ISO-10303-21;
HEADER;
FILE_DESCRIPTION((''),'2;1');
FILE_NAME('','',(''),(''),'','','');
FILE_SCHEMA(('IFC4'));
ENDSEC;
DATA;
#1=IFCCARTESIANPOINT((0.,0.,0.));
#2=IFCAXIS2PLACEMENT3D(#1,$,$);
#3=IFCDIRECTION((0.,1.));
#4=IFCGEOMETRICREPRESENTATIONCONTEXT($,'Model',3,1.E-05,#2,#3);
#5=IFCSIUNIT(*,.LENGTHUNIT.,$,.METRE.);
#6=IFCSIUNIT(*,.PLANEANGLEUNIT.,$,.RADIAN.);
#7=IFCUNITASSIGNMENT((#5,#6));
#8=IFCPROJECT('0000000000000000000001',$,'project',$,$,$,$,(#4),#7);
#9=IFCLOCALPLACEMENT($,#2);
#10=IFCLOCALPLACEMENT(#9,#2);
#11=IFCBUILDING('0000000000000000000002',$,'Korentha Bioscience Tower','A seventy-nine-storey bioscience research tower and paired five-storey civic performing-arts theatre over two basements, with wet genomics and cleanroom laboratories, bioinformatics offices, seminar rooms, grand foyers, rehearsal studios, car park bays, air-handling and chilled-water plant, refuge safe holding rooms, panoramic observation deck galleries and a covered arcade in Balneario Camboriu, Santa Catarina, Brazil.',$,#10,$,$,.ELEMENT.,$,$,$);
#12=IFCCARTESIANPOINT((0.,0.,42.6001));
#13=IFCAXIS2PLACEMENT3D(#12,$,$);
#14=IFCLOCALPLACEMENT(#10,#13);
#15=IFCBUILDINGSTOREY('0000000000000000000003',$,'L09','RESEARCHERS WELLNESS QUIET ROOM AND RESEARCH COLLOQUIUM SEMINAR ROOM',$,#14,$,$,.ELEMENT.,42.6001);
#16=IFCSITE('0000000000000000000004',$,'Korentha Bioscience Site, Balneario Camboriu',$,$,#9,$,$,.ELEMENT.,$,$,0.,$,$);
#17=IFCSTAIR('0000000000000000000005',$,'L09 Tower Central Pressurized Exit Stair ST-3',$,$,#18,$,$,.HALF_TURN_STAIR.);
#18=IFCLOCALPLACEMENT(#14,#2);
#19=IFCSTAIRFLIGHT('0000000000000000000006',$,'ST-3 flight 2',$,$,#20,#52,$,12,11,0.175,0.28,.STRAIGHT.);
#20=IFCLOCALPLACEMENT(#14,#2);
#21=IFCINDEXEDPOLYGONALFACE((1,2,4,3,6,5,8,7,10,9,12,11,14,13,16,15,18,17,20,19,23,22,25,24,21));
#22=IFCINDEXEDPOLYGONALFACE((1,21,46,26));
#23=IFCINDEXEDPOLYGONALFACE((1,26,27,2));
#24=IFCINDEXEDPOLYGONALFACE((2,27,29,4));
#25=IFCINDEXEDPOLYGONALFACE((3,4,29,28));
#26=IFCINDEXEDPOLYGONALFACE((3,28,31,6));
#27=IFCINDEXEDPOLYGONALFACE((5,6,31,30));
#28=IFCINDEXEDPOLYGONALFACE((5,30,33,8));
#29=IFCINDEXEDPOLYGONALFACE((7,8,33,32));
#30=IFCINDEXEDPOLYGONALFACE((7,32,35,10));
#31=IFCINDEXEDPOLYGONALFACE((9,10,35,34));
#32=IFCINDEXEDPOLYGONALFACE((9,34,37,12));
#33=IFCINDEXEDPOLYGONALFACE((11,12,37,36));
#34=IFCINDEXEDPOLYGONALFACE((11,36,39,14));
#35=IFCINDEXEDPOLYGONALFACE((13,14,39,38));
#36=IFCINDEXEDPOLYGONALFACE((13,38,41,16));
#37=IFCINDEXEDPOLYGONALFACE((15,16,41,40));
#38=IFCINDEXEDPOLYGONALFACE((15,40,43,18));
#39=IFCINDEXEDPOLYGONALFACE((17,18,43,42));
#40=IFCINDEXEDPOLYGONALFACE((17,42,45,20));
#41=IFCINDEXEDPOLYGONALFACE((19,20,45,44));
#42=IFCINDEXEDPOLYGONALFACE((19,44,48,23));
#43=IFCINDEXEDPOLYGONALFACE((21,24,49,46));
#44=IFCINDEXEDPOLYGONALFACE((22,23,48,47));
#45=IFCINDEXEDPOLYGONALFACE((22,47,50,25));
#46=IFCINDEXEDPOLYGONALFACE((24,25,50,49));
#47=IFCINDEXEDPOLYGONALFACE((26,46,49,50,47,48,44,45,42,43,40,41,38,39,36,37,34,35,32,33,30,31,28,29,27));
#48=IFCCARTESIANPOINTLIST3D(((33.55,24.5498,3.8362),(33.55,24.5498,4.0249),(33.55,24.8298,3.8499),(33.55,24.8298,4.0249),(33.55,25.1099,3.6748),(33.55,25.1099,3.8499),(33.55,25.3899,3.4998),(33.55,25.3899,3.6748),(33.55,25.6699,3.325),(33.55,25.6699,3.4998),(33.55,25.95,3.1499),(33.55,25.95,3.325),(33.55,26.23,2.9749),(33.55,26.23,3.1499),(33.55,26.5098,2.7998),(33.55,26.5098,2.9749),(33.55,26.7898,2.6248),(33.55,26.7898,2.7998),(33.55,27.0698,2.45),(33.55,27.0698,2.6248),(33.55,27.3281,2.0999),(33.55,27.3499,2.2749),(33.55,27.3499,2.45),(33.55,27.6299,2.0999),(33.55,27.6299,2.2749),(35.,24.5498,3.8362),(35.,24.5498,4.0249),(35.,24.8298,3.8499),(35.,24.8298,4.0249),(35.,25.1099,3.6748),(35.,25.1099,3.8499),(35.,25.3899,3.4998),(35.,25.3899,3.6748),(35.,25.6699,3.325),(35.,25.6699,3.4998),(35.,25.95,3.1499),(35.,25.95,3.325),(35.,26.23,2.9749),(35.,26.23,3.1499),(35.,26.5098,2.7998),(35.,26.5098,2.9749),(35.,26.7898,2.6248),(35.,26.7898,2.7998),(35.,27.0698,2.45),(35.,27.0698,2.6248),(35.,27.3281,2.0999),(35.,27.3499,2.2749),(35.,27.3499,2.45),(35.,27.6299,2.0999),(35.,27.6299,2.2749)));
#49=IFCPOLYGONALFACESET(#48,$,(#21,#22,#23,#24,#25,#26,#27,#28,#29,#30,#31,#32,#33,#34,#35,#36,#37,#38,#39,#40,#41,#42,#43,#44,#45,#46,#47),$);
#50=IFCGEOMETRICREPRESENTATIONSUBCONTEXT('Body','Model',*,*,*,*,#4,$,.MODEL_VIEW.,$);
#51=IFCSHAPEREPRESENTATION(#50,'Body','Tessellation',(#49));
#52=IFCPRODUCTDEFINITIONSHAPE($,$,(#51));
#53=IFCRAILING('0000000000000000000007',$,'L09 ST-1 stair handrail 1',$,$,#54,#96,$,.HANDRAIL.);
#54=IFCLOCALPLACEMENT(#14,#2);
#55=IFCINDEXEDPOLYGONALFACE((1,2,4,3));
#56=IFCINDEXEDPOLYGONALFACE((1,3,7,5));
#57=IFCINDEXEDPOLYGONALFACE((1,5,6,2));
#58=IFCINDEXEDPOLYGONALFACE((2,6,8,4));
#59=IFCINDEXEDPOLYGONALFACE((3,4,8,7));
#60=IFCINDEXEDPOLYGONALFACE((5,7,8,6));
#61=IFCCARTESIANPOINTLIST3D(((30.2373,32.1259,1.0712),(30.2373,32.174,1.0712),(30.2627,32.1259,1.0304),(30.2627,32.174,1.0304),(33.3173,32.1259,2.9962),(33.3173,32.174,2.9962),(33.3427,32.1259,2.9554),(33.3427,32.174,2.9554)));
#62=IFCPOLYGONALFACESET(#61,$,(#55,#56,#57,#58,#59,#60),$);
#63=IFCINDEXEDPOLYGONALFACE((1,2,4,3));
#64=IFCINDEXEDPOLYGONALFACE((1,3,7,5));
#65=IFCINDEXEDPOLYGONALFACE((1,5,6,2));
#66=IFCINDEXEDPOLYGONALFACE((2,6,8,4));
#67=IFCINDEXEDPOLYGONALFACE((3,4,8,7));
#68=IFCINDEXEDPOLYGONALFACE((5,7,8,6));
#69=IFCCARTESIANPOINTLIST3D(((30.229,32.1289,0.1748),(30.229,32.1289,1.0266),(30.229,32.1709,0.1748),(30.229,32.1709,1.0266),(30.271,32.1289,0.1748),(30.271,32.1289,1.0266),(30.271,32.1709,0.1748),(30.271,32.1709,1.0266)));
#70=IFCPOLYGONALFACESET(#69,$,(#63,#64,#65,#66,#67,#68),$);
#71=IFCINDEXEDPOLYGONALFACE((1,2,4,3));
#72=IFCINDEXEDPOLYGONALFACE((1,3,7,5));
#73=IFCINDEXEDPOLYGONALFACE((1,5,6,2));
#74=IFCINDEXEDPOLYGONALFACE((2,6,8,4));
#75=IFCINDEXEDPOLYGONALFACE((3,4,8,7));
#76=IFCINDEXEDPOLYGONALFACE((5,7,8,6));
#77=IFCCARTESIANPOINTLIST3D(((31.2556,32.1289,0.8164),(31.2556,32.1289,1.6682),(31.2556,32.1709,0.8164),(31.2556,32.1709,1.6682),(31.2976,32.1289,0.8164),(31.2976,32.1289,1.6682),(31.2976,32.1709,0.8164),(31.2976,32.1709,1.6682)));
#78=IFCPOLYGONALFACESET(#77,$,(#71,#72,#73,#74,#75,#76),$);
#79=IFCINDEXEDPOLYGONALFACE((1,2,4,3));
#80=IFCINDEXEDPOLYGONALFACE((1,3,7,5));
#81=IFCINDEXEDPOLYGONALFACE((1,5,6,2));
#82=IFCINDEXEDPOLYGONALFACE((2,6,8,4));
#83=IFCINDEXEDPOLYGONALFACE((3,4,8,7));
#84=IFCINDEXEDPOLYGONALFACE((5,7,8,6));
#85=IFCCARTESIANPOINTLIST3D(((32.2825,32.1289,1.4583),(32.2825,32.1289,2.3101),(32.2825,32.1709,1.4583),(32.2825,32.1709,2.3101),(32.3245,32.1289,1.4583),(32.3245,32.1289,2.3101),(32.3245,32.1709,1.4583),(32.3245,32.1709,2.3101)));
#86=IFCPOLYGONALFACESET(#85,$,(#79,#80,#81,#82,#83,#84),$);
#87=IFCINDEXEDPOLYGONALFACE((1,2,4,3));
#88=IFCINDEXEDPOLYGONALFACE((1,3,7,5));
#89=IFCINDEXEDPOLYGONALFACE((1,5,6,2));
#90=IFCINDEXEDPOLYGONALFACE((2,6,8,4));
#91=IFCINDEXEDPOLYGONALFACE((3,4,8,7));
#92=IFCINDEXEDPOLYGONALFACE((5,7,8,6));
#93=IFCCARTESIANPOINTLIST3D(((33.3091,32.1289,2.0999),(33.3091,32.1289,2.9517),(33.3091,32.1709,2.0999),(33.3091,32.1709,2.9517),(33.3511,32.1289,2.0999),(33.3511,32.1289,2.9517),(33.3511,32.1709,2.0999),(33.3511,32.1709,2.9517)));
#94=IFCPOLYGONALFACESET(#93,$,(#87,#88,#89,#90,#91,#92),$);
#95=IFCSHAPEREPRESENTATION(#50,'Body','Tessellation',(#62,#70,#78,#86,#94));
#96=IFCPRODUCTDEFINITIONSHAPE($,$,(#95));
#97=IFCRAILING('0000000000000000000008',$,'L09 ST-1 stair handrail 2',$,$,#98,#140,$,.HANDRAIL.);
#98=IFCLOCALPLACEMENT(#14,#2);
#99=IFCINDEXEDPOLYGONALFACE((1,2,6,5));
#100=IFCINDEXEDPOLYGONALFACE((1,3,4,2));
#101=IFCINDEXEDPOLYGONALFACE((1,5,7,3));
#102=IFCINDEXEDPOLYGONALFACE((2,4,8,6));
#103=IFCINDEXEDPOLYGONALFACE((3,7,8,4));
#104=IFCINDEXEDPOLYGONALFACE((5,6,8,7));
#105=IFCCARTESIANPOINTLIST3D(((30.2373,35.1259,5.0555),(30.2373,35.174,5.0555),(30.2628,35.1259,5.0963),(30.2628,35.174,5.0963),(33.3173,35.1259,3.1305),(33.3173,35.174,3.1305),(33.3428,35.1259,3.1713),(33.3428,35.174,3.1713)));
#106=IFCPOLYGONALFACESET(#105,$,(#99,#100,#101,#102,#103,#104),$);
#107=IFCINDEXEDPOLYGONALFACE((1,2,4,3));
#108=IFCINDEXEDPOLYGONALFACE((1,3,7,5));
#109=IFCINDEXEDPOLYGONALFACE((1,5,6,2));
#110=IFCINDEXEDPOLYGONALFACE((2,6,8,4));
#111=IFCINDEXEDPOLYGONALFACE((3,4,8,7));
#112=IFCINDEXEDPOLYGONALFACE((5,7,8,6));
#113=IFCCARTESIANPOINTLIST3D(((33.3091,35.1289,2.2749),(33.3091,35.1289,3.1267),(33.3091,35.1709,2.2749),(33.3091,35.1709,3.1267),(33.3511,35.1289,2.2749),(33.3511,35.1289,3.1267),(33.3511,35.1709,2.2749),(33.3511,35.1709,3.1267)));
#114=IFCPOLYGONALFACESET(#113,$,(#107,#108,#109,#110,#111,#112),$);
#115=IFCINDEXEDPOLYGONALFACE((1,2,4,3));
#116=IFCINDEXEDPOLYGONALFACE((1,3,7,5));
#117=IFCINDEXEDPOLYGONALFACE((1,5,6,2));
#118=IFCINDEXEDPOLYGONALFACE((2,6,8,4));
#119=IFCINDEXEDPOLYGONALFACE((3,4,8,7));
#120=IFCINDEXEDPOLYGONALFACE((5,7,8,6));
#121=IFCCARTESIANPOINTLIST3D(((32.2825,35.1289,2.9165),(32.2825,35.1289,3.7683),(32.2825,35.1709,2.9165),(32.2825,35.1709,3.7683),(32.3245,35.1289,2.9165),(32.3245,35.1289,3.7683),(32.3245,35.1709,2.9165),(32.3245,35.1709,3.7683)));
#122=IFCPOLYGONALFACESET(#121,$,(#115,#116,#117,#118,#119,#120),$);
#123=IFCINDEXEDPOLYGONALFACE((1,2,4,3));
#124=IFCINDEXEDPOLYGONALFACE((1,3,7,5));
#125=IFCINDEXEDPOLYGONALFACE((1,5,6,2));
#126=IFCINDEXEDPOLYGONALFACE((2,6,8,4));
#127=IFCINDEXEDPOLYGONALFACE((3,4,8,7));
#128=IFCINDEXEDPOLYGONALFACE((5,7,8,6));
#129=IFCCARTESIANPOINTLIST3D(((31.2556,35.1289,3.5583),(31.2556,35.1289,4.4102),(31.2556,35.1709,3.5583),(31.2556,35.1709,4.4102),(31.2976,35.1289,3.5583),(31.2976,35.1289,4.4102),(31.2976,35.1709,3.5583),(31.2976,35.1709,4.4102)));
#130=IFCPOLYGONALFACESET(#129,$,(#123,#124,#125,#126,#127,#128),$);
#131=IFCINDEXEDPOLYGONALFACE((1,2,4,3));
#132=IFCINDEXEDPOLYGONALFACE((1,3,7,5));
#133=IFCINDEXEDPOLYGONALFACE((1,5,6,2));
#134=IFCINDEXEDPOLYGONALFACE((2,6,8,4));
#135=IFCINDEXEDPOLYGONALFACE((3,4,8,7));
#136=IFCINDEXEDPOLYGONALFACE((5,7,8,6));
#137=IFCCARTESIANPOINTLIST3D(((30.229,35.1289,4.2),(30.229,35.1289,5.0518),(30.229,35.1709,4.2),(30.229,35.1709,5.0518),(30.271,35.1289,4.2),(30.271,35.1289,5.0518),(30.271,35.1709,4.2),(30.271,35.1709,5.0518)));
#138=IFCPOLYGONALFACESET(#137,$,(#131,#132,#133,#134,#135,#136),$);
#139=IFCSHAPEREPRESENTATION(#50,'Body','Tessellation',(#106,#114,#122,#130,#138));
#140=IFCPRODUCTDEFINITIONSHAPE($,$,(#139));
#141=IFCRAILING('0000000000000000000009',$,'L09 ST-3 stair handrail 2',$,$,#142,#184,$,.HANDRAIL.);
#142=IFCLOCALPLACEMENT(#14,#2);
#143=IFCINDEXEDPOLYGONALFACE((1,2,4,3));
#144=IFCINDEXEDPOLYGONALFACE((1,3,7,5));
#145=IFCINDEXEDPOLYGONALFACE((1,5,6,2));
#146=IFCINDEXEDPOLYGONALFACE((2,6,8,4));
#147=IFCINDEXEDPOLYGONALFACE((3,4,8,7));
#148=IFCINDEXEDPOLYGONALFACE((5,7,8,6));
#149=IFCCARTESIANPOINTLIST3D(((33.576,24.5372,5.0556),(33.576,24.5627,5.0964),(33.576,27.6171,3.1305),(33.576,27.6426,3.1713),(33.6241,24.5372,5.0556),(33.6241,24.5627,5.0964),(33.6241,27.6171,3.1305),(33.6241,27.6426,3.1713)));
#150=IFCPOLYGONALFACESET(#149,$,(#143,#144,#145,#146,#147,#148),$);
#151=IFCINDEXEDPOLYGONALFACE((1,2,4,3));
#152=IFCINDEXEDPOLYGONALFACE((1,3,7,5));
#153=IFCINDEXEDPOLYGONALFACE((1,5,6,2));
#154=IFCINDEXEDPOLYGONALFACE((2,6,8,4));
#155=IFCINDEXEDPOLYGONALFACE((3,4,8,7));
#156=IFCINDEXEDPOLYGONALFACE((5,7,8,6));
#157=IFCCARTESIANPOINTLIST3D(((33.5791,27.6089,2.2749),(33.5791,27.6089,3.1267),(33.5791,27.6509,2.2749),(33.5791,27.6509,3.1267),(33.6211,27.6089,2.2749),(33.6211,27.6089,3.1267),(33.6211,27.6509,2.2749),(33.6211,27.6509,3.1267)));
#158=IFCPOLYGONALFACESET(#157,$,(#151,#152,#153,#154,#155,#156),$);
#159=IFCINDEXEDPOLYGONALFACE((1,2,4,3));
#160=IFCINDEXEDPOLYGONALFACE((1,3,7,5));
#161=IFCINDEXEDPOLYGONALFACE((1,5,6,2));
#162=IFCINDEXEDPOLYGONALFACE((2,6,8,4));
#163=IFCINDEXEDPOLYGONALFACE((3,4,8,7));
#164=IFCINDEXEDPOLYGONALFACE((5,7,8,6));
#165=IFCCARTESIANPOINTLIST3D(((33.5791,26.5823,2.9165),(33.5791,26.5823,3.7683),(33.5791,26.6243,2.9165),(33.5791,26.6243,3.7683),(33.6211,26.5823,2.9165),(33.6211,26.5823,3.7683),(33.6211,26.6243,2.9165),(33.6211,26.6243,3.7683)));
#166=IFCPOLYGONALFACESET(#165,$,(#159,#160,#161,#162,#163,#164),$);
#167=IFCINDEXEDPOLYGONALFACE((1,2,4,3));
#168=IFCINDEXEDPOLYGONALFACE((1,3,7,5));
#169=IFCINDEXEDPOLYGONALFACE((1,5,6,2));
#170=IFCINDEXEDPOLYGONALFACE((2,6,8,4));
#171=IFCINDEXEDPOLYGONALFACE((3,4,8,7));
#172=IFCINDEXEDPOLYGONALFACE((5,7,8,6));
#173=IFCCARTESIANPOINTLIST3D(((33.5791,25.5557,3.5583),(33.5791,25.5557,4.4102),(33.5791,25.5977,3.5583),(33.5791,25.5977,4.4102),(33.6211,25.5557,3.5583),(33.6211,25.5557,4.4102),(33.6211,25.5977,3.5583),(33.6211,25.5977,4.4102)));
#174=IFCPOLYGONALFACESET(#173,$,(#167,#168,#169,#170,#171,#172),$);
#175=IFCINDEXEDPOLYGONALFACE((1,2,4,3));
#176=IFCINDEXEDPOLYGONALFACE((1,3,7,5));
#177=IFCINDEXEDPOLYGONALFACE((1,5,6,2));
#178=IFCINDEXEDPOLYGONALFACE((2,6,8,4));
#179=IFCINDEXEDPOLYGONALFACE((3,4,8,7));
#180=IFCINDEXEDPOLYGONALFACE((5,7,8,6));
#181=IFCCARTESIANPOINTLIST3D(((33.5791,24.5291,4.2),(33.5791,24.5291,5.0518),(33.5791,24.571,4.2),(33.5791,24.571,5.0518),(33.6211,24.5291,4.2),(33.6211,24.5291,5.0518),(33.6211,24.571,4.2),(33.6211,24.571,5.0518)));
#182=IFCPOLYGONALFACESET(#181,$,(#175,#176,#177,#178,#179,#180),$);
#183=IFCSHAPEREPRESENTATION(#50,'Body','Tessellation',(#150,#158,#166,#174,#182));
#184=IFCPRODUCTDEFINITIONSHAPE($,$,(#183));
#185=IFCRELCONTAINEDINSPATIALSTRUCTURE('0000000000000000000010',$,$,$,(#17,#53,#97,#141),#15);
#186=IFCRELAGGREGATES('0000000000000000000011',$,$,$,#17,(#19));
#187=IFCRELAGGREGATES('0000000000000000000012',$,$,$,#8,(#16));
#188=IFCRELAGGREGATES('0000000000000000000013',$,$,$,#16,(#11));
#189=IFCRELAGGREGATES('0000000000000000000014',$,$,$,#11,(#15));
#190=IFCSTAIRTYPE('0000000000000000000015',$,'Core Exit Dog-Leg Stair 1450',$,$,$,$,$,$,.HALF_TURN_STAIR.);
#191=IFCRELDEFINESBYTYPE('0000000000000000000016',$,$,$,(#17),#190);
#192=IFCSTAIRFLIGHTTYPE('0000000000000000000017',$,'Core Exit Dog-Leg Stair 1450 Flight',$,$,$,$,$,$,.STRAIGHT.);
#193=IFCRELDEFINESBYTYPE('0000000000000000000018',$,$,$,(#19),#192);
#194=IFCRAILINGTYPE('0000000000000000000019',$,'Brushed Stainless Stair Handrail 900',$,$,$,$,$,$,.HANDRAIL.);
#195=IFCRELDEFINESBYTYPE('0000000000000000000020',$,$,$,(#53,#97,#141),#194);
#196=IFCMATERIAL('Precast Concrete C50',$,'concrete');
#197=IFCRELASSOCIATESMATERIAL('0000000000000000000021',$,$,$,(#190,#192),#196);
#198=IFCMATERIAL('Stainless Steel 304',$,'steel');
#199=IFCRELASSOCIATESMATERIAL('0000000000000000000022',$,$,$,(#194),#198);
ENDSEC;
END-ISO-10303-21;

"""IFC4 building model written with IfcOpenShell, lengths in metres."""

from ifc_helpers import new_model, si_unit, direction, frame, origin, origin_2d, place, context, subcontext, project, spatial, polyline, rectangle, outline, extrude, material, type_object, element, aggregate, save


model = new_model("IFC4")

# Units and contexts
model_context = context("Model", 3, precision=1e-05, world=origin(), true_north=direction((0.0, 1.0)))
body_context = subcontext(model_context, "Body", "Model", "MODEL_VIEW")
ifc_project = project(units=[si_unit("LENGTHUNIT", "METRE"), si_unit("PLANEANGLEUNIT", "RADIAN")], contexts=[model_context])

# Site, building, storey
site_placement = place(None, origin())
site = spatial("IfcSite", under=ifc_project, at=site_placement, Name="Korentha Bioscience Site, Balneario Camboriu", CompositionType="ELEMENT", RefElevation=0.0)
building_placement = place(site_placement, origin())
building = spatial("IfcBuilding", under=site, at=building_placement, Name="Korentha Bioscience Tower", Description="A seventy-nine-storey bioscience research tower and paired five-storey civic performing-arts theatre over two basements, with wet genomics and cleanroom laboratories, bioinformatics offices, seminar rooms, grand foyers, rehearsal studios, car park bays, air-handling and chilled-water plant, refuge safe holding rooms, panoramic observation deck galleries and a covered arcade in Balneario Camboriu, Santa Catarina, Brazil.", CompositionType="ELEMENT")
storey_placement = place(building_placement, frame((0.0, 0.0, 42.6001)))
storey = spatial("IfcBuildingStorey", under=building, at=storey_placement, Name="L09", Description="RESEARCHERS WELLNESS QUIET ROOM AND RESEARCH COLLOQUIUM SEMINAR ROOM", CompositionType="ELEMENT", Elevation=42.6001)

# Shared definitions
ifc_material_1 = material(Name="Precast Concrete C50", Category="concrete")
stair_type = type_object("IfcStairType", Name="Core Exit Dog-Leg Stair 1450", PredefinedType="HALF_TURN_STAIR", material=ifc_material_1)
stair_flight_type = type_object("IfcStairFlightType", Name="Core Exit Dog-Leg Stair 1450 Flight", PredefinedType="STRAIGHT", material=ifc_material_1)

# Stair, stair flight
stair_1_placement = place(storey_placement, origin())
stair_1 = element("IfcStair", 1, at=stair_1_placement, inside=storey, type_object=stair_type, Name="L09 Tower Central Pressurized Exit Stair ST-3", PredefinedType="HALF_TURN_STAIR")
stair_flight_1_placement = place(storey_placement, frame((34.2749, 27.6299, 2.0999), z_axis=(0.0, 0.0, 1.0), x_axis=(0.0, -1.0, 0.0)))
stair_flight_1 = element("IfcStairFlight", 2, at=stair_flight_1_placement, type_object=stair_flight_type, Name="ST-3 flight 2", NumberOfRisers=12, NumberOfTreads=11, PredefinedType="STRAIGHT", RiserHeight=0.175, TreadLength=0.28, context=body_context, shape_type="SweptSolid", body=[
    extrude(outline(polyline([(0.0, 0.0), (0.0, 0.175), (0.28, 0.175), (0.28, 0.3501), (0.5601, 0.3501), (0.5601, 0.5249), (0.8401, 0.5249), (0.8401, 0.7), (1.1201, 0.7), (1.1201, 0.875), (1.3999, 0.875), (1.3999, 1.05), (1.6799, 1.05), (1.6799, 1.2251), (1.96, 1.2251), (1.96, 1.3999), (2.24, 1.3999), (2.24, 1.575), (2.52, 1.575), (2.52, 1.75), (2.8, 1.75), (2.8, 1.925), (3.0801, 1.925), (3.0801, 2.1001), (3.0801, 1.7363), (0.3018, 0.0), (0.0, 0.0)])), frame((0.0, 0.7251, 0.0), z_axis=(0.0, -1.0, 0.0), x_axis=(1.0, 0.0, 0.0)), (0.0, 0.0, 1.0), 1.45),
])
aggregate(stair_1, [stair_flight_1])

# Railings
ifc_material_2 = material(Name="Stainless Steel 304", Category="steel")
railing_type_1 = type_object("IfcRailingType", Name="Brushed Stainless Stair Handrail 900", PredefinedType="HANDRAIL", material=ifc_material_2)
railing_1_placement = place(storey_placement, frame((30.25, 32.1499, 0.1748)))
element("IfcRailing", 3, at=railing_1_placement, inside=storey, type_object=railing_type_1, Name="L09 ST-1 stair handrail 1", PredefinedType="HANDRAIL", context=body_context, shape_type="SweptSolid", body=[
    extrude(rectangle(XDim=0.0481, YDim=0.0481, at=origin_2d()), frame((0.0, 0.0, 0.876), z_axis=(0.847998, 0.0, 0.529999), x_axis=(0.0, 1.0, 0.0)), (0.0, 0.0, 1.0), 3.6321),
    extrude(rectangle(XDim=0.042, YDim=0.042, at=origin_2d()), origin(), (0.0, 0.0, 1.0), 0.8518),
    extrude(rectangle(XDim=0.042, YDim=0.042, at=origin_2d()), frame((1.0266, 0.0, 0.6416)), (0.0, 0.0, 1.0), 0.8518),
    extrude(rectangle(XDim=0.042, YDim=0.042, at=origin_2d()), frame((2.0535, 0.0, 1.2834)), (0.0, 0.0, 1.0), 0.8518),
    extrude(rectangle(XDim=0.042, YDim=0.042, at=origin_2d()), frame((3.0801, 0.0, 1.925)), (0.0, 0.0, 1.0), 0.8518),
])
railing_2_placement = place(storey_placement, frame((33.3301, 35.1499, 2.2749)))
element("IfcRailing", 4, at=railing_2_placement, inside=storey, type_object=railing_type_1, Name="L09 ST-1 stair handrail 2", PredefinedType="HANDRAIL", context=body_context, shape_type="SweptSolid", body=[
    extrude(rectangle(XDim=0.0481, YDim=0.0481, at=origin_2d()), frame((0.0, 0.0, 0.876), z_axis=(-0.847998, 0.0, 0.529999), x_axis=(0.0, -1.0, 0.0)), (0.0, 0.0, 1.0), 3.6321),
    extrude(rectangle(XDim=0.042, YDim=0.042, at=origin_2d()), origin(), (0.0, 0.0, 1.0), 0.8518),
    extrude(rectangle(XDim=0.042, YDim=0.042, at=origin_2d()), frame((-1.0266, 0.0, 0.6416)), (0.0, 0.0, 1.0), 0.8518),
    extrude(rectangle(XDim=0.042, YDim=0.042, at=origin_2d()), frame((-2.0535, 0.0, 1.2834)), (0.0, 0.0, 1.0), 0.8518),
    extrude(rectangle(XDim=0.042, YDim=0.042, at=origin_2d()), frame((-3.0801, 0.0, 1.925)), (0.0, 0.0, 1.0), 0.8518),
])
railing_3_placement = place(storey_placement, frame((33.6001, 27.6299, 2.2749)))
element("IfcRailing", 5, at=railing_3_placement, inside=storey, type_object=railing_type_1, Name="L09 ST-3 stair handrail 2", PredefinedType="HANDRAIL", context=body_context, shape_type="SweptSolid", body=[
    extrude(rectangle(XDim=0.0481, YDim=0.0481, at=origin_2d()), frame((0.0, 0.0, 0.876), z_axis=(0.0, -0.847979, 0.530029), x_axis=(1.0, 0.0, 0.0)), (0.0, 0.0, 1.0), 3.6321),
    extrude(rectangle(XDim=0.042, YDim=0.042, at=origin_2d()), origin(), (0.0, 0.0, 1.0), 0.8518),
    extrude(rectangle(XDim=0.042, YDim=0.042, at=origin_2d()), frame((0.0, -1.0266, 0.6416)), (0.0, 0.0, 1.0), 0.8518),
    extrude(rectangle(XDim=0.042, YDim=0.042, at=origin_2d()), frame((0.0, -2.0532, 1.2834)), (0.0, 0.0, 1.0), 0.8518),
    extrude(rectangle(XDim=0.042, YDim=0.042, at=origin_2d()), frame((0.0, -3.0798, 1.925)), (0.0, 0.0, 1.0), 0.8518),
])

save(model, "model.ifc")
